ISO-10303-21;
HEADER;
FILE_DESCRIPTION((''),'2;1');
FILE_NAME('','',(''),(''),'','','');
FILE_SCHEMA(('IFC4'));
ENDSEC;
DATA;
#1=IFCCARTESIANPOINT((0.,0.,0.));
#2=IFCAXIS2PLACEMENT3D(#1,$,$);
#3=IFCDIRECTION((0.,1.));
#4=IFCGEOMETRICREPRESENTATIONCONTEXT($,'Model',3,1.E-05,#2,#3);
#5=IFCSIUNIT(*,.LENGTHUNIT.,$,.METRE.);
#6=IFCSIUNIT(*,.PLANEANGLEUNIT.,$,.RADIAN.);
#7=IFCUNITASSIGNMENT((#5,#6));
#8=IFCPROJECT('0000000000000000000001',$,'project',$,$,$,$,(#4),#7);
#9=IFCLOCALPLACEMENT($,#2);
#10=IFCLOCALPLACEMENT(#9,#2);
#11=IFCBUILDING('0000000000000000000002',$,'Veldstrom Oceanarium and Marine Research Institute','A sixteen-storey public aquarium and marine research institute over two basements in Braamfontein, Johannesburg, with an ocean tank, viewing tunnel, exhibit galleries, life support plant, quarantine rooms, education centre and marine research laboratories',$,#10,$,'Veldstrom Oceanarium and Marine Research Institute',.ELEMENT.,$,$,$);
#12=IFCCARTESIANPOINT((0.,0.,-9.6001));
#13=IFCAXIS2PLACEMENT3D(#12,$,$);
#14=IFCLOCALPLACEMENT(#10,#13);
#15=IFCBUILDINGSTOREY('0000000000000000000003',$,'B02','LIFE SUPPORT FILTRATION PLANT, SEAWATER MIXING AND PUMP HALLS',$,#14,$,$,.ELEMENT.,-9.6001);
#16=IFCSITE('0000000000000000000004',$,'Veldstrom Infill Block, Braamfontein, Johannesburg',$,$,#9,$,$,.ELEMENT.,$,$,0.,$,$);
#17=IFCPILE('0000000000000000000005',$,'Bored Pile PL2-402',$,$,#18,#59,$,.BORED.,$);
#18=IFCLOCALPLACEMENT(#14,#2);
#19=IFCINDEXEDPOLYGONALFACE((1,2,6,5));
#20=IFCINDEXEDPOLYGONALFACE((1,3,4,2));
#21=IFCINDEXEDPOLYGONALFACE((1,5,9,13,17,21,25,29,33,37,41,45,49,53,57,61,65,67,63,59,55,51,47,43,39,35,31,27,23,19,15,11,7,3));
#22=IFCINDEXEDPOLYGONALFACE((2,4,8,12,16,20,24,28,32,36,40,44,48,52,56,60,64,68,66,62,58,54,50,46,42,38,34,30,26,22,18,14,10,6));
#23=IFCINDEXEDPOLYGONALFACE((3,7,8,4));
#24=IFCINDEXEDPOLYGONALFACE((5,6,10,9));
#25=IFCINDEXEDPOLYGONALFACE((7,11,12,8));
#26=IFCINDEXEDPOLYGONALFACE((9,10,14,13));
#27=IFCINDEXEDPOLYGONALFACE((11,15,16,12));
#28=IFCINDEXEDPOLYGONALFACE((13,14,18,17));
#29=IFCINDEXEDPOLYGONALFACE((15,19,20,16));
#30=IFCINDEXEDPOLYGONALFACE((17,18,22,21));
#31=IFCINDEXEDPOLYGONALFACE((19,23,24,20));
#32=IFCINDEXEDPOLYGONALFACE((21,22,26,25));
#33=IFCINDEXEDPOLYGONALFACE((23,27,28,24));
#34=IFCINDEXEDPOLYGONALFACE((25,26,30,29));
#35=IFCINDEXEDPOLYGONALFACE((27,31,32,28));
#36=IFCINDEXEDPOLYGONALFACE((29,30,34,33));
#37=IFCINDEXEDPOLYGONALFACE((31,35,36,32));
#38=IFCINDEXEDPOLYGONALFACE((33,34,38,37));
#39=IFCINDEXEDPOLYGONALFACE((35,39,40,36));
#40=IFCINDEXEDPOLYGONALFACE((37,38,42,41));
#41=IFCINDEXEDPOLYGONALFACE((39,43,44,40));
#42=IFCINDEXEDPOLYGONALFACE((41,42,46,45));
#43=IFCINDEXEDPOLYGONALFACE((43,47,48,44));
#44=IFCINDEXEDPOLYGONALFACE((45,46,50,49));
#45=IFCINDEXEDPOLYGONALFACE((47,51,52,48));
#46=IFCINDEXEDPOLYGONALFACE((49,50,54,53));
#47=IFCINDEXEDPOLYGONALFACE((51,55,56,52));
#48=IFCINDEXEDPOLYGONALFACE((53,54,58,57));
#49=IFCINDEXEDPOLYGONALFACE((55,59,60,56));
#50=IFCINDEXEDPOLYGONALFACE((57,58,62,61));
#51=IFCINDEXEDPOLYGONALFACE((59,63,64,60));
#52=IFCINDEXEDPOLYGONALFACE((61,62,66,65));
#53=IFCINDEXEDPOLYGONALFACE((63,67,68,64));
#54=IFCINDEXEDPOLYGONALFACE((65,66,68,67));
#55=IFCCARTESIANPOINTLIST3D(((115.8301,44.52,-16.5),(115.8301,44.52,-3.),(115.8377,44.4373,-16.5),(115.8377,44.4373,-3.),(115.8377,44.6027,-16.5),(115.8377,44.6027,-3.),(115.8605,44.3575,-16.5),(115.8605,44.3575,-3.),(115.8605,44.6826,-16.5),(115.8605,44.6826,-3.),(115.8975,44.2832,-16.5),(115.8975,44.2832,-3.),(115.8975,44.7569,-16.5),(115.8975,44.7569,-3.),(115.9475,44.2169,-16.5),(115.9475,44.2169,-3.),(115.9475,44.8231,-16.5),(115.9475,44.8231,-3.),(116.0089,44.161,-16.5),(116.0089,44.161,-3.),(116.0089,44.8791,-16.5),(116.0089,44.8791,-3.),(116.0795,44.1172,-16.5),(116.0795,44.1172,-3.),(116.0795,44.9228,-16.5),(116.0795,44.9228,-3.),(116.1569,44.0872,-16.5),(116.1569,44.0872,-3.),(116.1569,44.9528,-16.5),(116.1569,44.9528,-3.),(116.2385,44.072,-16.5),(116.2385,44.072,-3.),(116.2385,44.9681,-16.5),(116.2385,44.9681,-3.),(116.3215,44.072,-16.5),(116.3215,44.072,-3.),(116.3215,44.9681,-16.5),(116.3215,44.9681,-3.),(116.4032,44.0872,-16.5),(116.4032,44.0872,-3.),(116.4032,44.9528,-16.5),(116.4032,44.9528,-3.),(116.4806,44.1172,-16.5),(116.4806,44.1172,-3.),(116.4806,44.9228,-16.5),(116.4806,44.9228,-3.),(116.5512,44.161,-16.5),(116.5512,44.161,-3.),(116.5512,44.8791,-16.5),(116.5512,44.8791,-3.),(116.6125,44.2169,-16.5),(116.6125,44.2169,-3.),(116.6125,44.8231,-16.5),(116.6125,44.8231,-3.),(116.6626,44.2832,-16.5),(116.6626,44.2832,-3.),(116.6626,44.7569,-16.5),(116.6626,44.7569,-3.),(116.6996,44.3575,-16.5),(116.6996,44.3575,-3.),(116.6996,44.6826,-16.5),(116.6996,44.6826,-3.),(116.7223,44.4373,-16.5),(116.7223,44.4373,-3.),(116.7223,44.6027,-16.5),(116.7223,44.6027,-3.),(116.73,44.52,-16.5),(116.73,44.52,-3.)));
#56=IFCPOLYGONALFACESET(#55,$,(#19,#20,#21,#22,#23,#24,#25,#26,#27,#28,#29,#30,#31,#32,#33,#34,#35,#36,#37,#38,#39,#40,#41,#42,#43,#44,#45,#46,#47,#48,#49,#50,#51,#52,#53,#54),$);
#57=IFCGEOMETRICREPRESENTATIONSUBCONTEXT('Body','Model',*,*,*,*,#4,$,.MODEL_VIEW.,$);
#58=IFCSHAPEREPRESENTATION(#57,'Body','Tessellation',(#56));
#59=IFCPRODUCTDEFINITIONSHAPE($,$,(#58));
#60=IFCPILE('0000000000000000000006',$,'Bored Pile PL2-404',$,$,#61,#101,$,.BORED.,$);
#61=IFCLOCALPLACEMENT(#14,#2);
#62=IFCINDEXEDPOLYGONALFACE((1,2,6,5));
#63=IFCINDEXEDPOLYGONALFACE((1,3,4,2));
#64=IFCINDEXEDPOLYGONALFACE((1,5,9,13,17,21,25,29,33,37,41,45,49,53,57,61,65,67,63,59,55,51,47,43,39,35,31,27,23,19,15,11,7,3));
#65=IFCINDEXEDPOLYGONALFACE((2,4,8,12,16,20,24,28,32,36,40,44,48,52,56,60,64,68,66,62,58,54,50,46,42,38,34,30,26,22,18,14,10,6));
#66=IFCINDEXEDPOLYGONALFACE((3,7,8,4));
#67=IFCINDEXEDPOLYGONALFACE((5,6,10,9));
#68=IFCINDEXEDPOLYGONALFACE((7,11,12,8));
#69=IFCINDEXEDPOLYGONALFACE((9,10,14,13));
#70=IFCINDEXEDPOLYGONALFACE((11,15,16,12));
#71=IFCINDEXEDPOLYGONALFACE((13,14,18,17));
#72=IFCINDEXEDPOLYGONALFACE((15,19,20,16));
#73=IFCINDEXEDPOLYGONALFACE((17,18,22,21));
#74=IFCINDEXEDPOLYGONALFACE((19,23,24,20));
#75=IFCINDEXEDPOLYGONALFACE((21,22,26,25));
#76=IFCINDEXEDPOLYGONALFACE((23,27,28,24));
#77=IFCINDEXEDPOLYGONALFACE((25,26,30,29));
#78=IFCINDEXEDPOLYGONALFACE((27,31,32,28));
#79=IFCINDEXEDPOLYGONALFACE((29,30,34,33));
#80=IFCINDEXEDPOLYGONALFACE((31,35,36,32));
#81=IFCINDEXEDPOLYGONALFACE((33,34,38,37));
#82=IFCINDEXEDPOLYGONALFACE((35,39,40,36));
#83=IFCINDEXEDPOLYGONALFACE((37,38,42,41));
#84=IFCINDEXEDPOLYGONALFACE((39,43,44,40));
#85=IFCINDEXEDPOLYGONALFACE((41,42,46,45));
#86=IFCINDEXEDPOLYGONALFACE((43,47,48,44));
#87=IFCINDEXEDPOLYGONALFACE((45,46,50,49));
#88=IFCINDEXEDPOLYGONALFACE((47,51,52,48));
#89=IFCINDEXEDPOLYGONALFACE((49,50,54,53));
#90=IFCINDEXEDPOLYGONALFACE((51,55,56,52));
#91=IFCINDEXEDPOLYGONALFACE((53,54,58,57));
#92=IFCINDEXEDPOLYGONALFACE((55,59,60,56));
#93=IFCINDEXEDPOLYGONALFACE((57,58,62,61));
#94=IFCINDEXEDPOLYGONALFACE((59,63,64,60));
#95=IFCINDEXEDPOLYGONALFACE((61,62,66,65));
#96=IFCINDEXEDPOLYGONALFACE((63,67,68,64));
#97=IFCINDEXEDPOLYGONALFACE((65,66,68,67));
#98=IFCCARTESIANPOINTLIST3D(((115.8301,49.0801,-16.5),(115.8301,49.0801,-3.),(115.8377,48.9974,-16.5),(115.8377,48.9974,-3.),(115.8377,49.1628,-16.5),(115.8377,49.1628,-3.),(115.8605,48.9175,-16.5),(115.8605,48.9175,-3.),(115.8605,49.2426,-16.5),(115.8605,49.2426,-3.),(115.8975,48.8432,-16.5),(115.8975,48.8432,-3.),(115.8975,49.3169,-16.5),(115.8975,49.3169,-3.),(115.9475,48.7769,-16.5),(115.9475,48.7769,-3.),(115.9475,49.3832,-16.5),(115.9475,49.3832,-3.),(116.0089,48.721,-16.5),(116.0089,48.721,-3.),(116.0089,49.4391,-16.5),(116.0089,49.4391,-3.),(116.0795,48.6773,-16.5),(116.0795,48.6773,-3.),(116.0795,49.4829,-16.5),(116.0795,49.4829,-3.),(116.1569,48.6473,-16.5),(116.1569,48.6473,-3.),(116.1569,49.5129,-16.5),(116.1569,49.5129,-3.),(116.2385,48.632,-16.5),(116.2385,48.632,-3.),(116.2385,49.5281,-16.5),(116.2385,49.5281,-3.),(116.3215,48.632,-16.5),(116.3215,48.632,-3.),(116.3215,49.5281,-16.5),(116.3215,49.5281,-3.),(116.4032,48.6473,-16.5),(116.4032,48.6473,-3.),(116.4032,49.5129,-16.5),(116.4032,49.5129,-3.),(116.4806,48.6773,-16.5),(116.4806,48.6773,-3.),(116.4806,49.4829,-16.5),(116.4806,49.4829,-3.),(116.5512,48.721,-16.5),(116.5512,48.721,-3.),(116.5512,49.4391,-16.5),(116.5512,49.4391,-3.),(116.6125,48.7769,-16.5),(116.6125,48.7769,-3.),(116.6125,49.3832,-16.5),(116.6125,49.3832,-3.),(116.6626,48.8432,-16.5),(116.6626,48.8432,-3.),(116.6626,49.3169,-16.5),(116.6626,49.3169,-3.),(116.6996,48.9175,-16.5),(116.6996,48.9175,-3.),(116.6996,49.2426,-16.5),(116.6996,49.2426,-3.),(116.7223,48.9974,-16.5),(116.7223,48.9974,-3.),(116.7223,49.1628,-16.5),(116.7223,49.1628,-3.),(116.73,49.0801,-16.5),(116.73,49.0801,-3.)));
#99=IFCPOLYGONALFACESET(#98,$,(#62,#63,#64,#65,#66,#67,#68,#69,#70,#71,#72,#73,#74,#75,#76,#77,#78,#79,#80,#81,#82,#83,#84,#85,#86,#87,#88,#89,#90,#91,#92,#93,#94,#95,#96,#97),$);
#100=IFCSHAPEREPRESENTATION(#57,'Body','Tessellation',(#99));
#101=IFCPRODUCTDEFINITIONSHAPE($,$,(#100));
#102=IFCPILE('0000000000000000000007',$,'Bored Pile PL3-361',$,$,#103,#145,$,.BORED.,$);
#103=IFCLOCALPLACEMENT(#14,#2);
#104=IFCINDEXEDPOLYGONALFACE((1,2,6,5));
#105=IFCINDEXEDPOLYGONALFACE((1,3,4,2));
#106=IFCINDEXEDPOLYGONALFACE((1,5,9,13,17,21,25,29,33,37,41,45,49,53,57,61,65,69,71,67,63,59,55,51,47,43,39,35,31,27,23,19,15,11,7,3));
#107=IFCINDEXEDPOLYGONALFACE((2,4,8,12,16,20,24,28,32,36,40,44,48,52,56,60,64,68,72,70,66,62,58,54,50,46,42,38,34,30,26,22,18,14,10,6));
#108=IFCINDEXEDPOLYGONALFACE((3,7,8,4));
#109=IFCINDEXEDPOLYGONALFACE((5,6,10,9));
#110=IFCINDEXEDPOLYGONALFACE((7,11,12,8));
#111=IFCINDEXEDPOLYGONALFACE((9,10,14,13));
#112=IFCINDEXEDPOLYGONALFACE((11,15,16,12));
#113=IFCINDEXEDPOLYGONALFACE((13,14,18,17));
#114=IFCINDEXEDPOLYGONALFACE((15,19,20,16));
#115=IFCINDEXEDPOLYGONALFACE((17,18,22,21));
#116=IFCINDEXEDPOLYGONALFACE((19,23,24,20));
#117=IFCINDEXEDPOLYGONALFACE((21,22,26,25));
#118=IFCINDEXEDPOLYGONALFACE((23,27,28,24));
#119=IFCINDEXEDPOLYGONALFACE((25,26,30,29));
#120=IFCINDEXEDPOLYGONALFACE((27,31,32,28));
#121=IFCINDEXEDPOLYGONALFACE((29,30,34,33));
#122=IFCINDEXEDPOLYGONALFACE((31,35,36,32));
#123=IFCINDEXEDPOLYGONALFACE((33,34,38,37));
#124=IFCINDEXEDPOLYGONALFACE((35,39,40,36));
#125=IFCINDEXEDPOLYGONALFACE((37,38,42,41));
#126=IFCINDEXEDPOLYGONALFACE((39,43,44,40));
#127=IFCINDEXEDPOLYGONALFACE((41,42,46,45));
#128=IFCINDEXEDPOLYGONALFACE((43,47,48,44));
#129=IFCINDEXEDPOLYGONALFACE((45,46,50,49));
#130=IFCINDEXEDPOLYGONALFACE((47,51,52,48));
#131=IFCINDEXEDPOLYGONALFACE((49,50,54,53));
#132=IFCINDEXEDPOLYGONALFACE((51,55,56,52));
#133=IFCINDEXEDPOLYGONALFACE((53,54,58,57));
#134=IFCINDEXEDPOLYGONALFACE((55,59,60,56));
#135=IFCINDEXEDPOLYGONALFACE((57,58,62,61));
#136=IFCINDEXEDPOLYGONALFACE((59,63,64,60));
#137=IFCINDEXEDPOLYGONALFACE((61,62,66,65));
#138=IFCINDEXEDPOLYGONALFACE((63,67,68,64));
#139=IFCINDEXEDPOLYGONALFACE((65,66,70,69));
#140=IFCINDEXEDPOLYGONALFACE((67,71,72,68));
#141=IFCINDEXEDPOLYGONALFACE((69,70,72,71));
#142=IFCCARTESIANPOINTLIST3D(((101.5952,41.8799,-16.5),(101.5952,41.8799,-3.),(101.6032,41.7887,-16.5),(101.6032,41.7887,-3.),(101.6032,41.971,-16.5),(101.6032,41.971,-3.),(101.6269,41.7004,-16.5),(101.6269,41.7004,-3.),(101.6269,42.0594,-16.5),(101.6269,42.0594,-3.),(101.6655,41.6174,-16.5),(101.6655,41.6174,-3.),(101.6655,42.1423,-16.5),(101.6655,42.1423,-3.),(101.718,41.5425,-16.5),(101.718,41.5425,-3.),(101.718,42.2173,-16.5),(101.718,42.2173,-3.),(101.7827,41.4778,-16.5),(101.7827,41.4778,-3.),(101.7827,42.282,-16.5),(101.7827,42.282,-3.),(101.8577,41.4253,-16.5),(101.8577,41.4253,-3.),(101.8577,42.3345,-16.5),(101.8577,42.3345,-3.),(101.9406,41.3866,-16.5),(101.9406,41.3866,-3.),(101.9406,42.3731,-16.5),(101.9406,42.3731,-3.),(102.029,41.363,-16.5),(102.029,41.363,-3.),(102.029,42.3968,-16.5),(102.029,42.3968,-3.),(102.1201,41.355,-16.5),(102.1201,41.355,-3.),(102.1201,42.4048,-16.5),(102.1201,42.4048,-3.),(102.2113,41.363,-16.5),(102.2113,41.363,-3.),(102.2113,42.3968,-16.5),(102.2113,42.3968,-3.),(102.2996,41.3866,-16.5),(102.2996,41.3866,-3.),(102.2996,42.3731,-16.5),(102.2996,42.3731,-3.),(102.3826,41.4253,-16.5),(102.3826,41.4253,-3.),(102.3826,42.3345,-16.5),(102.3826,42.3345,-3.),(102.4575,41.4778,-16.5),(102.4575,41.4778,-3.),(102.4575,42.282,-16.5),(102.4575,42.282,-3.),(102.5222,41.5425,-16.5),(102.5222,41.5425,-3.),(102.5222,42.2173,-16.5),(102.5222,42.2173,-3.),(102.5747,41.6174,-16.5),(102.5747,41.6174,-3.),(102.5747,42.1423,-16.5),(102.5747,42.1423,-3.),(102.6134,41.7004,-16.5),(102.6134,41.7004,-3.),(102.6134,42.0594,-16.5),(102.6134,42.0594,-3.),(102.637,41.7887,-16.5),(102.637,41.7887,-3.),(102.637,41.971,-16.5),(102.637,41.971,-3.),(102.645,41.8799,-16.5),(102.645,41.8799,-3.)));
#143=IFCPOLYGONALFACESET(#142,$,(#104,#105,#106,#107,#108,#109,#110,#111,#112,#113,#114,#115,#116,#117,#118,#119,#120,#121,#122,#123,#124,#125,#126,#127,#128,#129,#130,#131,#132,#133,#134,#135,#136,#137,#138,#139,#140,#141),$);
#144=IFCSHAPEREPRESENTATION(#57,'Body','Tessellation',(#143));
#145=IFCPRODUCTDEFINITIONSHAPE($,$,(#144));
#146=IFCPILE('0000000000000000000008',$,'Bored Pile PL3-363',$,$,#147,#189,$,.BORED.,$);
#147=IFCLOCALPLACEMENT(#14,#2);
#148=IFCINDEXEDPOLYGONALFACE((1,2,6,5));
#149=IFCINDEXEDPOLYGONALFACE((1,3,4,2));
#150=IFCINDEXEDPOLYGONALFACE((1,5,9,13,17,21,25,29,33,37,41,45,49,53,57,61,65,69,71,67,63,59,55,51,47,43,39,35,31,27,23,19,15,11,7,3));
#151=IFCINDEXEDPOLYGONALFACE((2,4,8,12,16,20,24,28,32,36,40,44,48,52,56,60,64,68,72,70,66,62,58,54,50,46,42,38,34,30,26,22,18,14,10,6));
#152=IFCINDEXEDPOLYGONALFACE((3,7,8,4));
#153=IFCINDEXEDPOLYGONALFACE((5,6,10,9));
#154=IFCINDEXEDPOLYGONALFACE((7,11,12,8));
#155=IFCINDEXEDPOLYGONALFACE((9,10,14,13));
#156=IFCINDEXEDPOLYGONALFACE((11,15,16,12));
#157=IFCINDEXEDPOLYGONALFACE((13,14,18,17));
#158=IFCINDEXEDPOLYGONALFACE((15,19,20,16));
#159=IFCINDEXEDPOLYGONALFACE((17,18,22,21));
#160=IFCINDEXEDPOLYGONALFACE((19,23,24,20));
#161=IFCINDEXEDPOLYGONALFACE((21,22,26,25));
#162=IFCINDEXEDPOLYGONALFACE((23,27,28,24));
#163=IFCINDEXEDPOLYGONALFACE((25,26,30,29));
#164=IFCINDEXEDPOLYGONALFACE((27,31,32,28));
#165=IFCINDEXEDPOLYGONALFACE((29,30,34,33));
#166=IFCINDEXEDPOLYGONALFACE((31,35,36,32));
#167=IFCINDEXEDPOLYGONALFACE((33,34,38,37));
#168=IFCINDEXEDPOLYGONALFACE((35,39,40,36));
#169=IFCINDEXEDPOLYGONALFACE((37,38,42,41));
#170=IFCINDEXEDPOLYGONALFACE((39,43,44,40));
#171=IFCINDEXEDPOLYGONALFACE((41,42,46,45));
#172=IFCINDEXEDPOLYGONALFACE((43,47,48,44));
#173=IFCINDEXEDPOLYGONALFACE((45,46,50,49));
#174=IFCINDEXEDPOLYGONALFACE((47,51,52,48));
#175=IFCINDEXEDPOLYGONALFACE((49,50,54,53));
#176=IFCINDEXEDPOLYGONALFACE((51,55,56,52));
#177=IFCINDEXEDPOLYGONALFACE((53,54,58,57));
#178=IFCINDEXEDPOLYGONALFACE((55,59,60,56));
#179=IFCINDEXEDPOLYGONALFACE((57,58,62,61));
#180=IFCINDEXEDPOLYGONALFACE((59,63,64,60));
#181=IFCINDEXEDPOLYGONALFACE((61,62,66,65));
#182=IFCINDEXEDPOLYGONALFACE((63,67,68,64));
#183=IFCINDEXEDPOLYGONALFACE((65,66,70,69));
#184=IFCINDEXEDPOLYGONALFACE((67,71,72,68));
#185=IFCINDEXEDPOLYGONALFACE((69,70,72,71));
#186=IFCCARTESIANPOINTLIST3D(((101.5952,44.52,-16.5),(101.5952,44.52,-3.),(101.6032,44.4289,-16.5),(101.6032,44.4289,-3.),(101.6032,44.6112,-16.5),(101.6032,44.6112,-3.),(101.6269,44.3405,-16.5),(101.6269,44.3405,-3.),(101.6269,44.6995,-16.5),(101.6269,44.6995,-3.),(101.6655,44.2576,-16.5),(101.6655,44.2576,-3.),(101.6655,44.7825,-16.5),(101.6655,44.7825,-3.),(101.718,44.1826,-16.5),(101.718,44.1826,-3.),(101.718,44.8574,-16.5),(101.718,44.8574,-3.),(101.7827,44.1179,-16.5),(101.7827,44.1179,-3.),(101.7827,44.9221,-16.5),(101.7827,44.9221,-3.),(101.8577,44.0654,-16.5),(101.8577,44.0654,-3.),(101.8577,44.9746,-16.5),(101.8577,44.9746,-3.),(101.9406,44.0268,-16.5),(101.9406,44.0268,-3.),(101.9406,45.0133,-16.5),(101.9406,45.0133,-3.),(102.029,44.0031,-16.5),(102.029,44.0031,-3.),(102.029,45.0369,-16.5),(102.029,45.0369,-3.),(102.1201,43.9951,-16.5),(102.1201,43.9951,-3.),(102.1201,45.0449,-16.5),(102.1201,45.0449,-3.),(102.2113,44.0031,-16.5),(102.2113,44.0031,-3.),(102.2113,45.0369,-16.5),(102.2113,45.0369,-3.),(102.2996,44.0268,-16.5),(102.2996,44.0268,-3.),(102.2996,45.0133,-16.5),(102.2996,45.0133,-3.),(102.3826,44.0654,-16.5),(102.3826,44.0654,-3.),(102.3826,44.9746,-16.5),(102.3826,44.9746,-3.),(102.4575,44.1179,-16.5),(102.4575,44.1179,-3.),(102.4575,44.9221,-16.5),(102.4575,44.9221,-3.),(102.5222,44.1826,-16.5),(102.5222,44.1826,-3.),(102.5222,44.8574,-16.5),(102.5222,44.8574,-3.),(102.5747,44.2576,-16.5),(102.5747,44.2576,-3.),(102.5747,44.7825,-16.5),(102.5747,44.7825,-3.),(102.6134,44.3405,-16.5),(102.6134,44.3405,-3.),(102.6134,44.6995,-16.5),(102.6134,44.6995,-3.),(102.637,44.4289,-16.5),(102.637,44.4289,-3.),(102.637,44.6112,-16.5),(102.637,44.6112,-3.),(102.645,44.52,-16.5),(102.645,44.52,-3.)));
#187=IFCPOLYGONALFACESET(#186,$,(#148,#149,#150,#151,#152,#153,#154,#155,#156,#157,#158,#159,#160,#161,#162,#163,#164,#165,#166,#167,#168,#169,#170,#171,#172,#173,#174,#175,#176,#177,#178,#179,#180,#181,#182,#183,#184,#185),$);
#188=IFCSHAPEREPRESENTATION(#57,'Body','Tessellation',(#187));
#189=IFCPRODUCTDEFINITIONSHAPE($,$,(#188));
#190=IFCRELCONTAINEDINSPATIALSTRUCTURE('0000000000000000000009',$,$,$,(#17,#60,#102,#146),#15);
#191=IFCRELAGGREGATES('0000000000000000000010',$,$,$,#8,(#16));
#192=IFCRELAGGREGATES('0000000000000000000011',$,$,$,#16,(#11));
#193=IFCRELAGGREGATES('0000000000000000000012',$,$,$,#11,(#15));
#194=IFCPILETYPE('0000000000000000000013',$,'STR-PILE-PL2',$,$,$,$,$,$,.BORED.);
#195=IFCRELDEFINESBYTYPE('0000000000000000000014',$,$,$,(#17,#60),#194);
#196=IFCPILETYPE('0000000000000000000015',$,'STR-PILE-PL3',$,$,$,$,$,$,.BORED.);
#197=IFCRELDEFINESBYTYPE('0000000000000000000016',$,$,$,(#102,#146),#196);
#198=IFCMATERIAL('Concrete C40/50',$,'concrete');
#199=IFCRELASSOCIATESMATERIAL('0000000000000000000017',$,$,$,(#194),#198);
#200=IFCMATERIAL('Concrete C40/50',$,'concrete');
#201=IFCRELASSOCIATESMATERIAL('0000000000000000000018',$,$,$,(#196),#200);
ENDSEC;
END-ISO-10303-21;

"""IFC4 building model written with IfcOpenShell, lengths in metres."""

from ifc_helpers import new_model, si_unit, direction, frame, origin, origin_2d, place, context, subcontext, project, spatial, circle, extrude, material, material_profile, profile_set, type_object, element, save


model = new_model("IFC4")

# Units and contexts
model_context = context("Model", 3, precision=1e-05, world=origin(), true_north=direction((0.0, 1.0)))
body_context = subcontext(model_context, "Body", "Model", "MODEL_VIEW")
ifc_project = project(units=[si_unit("LENGTHUNIT", "METRE"), si_unit("PLANEANGLEUNIT", "RADIAN")], contexts=[model_context])

# Site, building, storey
site_placement = place(None, origin())
site = spatial("IfcSite", under=ifc_project, at=site_placement, Name="Veldstrom Infill Block, Braamfontein, Johannesburg", CompositionType="ELEMENT", RefElevation=0.0)
building_placement = place(site_placement, origin())
building = spatial("IfcBuilding", under=site, at=building_placement, Name="Veldstrom Oceanarium and Marine Research Institute", Description="A sixteen-storey public aquarium and marine research institute over two basements in Braamfontein, Johannesburg, with an ocean tank, viewing tunnel, exhibit galleries, life support plant, quarantine rooms, education centre and marine research laboratories", LongName="Veldstrom Oceanarium and Marine Research Institute", CompositionType="ELEMENT")
storey_placement = place(building_placement, frame((0.0, 0.0, -9.6001)))
storey = spatial("IfcBuildingStorey", under=building, at=storey_placement, Name="B02", Description="LIFE SUPPORT FILTRATION PLANT, SEAWATER MIXING AND PUMP HALLS", CompositionType="ELEMENT", Elevation=-9.6001)

# Piles
ifc_material_1 = material(Name="Concrete C40/50", Category="concrete")
ifc_material_profile_1 = material_profile(ifc_material_1, circle(Radius=0.45, at=origin_2d()), Name="PILE-D900")
ifc_profile_set_1 = profile_set([ifc_material_profile_1], Name="Concrete C40/50")
pile_type_1 = type_object("IfcPileType", Name="STR-PILE-PL2", PredefinedType="BORED", material=ifc_profile_set_1)
for number, where, z_axis, x_axis, name in (
    (1, (116.28, 44.52, -3.0), (0.0, 0.0, -1.0), (1.0, 0.0, 0.0), "Bored Pile PL2-402"),
    (2, (116.28, 49.0801, -3.0), (0.0, 0.0, -1.0), (1.0, 0.0, 0.0), "Bored Pile PL2-404"),
):
    element("IfcPile", number, at=place(storey_placement, frame(where, z_axis=z_axis, x_axis=x_axis)), inside=storey, type_object=pile_type_1, Name=name, PredefinedType="BORED", context=body_context, shape_type="SweptSolid", body=[
        extrude(circle(Radius=0.45, at=origin_2d()), origin(), (0.0, 0.0, 1.0), 13.5),
    ])
ifc_material_2 = material(Name="Concrete C40/50", Category="concrete")
ifc_material_profile_2 = material_profile(ifc_material_2, circle(Radius=0.5249, at=origin_2d()), Name="PILE-D1050")
ifc_profile_set_2 = profile_set([ifc_material_profile_2], Name="Concrete C40/50")
pile_type_2 = type_object("IfcPileType", Name="STR-PILE-PL3", PredefinedType="BORED", material=ifc_profile_set_2)
for number, where, z_axis, x_axis, name in (
    (3, (102.1201, 41.8799, -3.0), (0.0, 0.0, -1.0), (1.0, 0.0, 0.0), "Bored Pile PL3-361"),
    (4, (102.1201, 44.52, -3.0), (0.0, 0.0, -1.0), (1.0, 0.0, 0.0), "Bored Pile PL3-363"),
):
    element("IfcPile", number, at=place(storey_placement, frame(where, z_axis=z_axis, x_axis=x_axis)), inside=storey, type_object=pile_type_2, Name=name, PredefinedType="BORED", context=body_context, shape_type="SweptSolid", body=[
        extrude(circle(Radius=0.5249, at=origin_2d()), origin(), (0.0, 0.0, 1.0), 13.5),
    ])

save(model, "model.ifc")
